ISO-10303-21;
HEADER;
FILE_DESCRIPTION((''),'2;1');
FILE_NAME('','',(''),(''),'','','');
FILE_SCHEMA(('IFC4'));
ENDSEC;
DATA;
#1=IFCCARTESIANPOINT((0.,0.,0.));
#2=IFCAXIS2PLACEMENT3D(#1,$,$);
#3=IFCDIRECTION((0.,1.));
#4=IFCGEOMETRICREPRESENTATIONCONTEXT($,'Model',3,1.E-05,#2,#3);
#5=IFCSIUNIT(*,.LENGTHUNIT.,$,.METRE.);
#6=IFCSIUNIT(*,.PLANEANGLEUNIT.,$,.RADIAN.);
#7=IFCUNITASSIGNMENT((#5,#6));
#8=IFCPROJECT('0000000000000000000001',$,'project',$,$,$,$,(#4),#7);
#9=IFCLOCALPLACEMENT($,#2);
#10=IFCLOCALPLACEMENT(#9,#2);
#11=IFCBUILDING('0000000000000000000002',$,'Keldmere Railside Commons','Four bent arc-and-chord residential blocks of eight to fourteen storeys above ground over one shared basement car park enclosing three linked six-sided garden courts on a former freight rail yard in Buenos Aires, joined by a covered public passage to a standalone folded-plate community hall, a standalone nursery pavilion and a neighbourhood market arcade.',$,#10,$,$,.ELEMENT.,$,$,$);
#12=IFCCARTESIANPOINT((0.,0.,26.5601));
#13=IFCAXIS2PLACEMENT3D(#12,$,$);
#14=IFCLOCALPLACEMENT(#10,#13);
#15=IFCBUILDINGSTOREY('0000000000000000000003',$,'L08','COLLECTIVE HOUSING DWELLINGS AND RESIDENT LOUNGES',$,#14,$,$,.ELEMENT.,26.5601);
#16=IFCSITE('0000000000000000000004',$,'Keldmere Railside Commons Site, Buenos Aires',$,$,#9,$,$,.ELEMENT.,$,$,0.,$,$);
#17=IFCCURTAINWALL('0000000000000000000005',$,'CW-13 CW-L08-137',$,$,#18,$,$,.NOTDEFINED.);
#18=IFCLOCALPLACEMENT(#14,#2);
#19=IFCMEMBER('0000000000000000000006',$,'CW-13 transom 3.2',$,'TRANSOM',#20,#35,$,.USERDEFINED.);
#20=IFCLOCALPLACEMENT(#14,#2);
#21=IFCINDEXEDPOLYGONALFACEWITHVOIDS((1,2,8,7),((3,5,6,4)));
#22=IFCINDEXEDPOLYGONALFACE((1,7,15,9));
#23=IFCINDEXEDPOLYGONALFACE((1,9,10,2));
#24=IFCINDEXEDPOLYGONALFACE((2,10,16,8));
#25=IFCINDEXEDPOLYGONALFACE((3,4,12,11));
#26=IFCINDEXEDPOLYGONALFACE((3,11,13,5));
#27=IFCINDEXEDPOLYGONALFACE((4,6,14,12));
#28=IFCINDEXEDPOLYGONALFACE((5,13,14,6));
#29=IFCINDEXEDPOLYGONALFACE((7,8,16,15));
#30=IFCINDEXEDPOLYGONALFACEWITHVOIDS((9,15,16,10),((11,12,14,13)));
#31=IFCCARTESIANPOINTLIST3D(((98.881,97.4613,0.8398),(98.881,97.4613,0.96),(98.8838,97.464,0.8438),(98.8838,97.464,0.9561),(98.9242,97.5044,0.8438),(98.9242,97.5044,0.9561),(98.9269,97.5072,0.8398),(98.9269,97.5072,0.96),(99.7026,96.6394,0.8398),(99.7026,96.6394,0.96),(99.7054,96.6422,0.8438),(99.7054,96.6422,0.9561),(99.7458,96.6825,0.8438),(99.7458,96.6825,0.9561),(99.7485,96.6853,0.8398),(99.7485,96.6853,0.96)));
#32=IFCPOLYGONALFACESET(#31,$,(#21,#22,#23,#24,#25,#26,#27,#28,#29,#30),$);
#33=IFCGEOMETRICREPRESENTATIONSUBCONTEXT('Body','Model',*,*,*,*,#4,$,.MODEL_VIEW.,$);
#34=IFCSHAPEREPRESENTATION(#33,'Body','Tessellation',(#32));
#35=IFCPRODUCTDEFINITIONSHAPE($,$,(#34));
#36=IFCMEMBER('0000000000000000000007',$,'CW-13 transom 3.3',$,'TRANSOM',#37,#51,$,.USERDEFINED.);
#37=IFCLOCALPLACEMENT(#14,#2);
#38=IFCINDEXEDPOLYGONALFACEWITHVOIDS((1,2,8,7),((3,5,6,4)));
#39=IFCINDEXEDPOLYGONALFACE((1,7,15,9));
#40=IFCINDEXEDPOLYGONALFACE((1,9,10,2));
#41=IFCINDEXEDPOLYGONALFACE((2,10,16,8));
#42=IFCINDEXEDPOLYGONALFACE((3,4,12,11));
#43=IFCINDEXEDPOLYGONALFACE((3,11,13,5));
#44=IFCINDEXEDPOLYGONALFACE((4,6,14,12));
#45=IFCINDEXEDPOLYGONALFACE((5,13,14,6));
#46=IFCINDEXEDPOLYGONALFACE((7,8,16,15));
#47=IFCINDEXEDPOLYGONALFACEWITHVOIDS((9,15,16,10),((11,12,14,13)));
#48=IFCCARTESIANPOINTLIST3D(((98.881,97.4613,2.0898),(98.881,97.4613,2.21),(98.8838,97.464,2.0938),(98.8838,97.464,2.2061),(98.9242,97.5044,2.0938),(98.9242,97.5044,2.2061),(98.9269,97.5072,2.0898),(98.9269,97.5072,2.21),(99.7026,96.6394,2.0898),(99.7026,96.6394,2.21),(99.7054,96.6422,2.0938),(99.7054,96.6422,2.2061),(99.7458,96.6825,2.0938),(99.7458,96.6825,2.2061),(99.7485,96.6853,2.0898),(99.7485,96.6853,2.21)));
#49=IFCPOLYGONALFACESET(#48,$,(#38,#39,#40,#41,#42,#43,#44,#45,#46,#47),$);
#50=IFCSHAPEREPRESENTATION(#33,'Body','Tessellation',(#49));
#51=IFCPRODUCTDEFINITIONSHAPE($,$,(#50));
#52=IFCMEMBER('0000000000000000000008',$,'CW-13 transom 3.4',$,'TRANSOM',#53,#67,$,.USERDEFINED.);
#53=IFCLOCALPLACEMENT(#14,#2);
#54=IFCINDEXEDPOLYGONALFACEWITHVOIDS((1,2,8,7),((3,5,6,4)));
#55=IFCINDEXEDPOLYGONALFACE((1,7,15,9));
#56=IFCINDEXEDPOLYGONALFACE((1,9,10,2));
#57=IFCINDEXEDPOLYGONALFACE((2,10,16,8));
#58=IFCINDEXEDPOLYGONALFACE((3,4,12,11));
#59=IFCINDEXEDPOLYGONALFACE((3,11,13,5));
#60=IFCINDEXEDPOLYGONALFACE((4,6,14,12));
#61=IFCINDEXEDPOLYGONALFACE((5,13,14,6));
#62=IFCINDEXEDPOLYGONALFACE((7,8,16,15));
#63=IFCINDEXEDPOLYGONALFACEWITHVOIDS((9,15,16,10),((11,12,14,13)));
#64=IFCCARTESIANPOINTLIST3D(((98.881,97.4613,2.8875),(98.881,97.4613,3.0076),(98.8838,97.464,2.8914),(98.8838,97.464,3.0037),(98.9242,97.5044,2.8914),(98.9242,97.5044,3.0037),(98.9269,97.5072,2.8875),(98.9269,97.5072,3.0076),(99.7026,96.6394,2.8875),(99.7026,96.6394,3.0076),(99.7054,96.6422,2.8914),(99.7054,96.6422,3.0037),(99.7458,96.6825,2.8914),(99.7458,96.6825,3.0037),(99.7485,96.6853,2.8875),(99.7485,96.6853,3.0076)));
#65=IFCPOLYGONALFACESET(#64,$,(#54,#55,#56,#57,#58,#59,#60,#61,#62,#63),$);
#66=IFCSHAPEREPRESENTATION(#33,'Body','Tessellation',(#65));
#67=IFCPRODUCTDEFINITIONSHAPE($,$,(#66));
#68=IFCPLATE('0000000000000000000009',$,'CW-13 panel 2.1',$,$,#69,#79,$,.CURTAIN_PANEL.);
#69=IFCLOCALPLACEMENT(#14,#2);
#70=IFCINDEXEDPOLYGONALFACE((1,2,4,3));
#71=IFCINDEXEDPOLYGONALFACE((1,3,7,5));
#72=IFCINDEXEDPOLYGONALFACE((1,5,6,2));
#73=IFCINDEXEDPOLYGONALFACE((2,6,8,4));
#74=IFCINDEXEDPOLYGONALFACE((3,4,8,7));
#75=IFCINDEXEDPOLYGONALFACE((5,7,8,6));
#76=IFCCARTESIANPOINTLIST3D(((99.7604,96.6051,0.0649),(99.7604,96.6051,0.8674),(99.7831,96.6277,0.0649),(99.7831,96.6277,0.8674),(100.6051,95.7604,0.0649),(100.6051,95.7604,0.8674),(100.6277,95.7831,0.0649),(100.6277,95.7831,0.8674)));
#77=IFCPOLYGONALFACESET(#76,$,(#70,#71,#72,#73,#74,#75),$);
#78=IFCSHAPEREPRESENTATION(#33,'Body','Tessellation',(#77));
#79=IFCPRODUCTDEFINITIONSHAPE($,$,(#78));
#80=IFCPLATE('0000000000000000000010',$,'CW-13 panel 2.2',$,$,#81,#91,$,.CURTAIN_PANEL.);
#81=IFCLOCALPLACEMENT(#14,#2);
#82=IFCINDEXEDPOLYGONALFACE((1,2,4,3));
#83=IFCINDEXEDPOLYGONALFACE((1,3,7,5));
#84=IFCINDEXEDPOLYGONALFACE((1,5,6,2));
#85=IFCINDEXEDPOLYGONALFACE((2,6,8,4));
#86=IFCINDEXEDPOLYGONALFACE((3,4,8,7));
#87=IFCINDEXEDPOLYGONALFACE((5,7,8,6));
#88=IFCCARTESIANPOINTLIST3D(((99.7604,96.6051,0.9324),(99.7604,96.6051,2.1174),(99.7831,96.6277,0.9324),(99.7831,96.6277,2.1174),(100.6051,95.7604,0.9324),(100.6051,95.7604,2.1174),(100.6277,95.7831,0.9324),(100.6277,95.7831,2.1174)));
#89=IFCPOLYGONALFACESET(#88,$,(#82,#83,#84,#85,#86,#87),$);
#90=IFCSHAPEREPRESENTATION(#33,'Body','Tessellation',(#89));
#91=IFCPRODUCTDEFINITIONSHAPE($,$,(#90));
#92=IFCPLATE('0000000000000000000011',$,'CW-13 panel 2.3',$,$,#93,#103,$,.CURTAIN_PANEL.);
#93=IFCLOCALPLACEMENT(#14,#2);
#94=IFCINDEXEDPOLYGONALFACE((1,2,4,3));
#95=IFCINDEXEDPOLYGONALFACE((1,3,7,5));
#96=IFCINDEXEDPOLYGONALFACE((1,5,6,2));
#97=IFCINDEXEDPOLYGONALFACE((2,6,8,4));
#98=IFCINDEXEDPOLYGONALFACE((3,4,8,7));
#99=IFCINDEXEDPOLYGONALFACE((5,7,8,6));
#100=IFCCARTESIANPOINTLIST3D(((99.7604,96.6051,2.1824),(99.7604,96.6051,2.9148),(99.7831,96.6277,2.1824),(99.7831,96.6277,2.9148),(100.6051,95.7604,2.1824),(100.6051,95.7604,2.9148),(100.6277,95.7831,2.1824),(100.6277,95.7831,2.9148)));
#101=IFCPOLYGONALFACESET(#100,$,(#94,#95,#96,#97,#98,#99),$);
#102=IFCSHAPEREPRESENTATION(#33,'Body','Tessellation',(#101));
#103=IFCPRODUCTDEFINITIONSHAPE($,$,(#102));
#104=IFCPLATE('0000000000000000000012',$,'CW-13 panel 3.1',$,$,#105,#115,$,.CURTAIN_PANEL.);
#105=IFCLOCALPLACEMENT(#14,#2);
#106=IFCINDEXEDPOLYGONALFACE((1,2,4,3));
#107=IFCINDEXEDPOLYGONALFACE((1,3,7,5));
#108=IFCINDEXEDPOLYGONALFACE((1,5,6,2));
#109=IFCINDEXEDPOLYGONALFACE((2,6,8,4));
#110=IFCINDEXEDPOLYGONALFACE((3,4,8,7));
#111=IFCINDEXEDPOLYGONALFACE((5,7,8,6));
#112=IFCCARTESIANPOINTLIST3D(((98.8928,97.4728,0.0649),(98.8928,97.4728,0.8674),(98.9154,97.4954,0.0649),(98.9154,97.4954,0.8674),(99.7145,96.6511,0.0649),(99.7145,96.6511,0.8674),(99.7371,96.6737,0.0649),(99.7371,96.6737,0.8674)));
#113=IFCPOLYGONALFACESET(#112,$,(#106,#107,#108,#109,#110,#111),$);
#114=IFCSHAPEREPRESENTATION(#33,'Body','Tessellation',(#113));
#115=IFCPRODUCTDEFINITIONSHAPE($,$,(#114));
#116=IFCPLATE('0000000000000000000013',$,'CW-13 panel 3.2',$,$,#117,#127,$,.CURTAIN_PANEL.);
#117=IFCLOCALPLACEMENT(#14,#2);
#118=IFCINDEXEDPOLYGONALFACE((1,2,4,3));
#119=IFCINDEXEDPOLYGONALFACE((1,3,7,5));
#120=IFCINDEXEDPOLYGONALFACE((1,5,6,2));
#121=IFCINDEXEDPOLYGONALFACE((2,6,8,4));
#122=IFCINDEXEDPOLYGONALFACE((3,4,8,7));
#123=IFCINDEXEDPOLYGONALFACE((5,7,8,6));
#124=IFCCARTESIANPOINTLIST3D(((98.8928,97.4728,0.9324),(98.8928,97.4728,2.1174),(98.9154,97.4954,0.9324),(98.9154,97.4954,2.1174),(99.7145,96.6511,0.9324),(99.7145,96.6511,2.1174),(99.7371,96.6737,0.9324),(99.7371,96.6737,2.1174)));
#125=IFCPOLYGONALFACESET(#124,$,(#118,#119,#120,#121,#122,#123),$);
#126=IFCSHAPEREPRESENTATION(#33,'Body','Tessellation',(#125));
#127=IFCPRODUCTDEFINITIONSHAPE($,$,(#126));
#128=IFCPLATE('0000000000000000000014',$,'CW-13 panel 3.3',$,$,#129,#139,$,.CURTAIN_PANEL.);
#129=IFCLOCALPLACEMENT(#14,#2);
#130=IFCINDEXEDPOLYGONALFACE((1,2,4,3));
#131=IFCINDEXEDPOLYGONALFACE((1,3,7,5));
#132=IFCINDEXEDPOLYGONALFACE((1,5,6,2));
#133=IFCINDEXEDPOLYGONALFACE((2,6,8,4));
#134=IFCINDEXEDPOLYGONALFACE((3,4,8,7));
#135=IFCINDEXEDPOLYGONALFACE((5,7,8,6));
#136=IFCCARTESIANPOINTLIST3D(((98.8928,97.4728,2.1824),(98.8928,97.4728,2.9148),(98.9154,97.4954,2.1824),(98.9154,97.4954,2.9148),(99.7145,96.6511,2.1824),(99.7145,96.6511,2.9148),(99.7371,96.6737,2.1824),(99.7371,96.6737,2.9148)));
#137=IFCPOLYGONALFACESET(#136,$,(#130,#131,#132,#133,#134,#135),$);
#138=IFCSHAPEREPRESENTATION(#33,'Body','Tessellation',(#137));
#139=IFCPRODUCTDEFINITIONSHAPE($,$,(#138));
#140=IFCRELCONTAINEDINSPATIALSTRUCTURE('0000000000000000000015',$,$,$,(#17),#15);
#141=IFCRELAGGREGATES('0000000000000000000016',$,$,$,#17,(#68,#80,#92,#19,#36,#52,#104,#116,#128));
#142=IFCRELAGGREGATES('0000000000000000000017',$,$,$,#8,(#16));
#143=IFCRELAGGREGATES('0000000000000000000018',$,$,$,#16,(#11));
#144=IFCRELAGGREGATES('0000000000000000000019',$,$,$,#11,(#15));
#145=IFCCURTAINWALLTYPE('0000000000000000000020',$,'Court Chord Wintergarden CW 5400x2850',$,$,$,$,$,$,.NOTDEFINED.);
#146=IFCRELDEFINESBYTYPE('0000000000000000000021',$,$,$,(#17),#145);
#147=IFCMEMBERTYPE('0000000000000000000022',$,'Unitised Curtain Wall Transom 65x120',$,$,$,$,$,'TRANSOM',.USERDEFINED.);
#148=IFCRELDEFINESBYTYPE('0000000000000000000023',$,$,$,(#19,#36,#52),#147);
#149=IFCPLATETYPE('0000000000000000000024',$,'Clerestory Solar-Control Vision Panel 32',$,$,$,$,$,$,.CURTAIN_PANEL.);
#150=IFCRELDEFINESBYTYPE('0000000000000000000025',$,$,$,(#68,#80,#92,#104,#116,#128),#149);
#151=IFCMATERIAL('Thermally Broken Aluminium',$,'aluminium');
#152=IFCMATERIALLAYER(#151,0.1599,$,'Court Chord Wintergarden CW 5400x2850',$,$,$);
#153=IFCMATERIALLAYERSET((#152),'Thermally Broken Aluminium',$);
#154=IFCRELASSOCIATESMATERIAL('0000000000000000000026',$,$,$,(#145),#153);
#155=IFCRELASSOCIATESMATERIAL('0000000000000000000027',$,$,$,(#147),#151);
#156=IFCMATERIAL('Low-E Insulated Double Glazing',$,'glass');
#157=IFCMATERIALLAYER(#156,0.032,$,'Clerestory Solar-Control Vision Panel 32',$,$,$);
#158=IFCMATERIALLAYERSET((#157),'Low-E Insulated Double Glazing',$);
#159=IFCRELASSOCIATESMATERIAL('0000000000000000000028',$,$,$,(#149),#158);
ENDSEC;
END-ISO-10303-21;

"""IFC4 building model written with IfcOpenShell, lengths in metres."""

from ifc_helpers import new_model, si_unit, direction, frame, origin, origin_2d, place, context, subcontext, project, spatial, rectangle, hollow_rectangle, extrude, material, layer, layer_set, material_profile, profile_set, type_object, element, aggregate, save


model = new_model("IFC4")

# Units and contexts
model_context = context("Model", 3, precision=1e-05, world=origin(), true_north=direction((0.0, 1.0)))
body_context = subcontext(model_context, "Body", "Model", "MODEL_VIEW")
ifc_project = project(units=[si_unit("LENGTHUNIT", "METRE"), si_unit("PLANEANGLEUNIT", "RADIAN")], contexts=[model_context])

# Site, building, storey
site_placement = place(None, origin())
site = spatial("IfcSite", under=ifc_project, at=site_placement, Name="Keldmere Railside Commons Site, Buenos Aires", CompositionType="ELEMENT", RefElevation=0.0)
building_placement = place(site_placement, origin())
building = spatial("IfcBuilding", under=site, at=building_placement, Name="Keldmere Railside Commons", Description="Four bent arc-and-chord residential blocks of eight to fourteen storeys above ground over one shared basement car park enclosing three linked six-sided garden courts on a former freight rail yard in Buenos Aires, joined by a covered public passage to a standalone folded-plate community hall, a standalone nursery pavilion and a neighbourhood market arcade.", CompositionType="ELEMENT")
storey_placement = place(building_placement, frame((0.0, 0.0, 26.5601)))
storey = spatial("IfcBuildingStorey", under=building, at=storey_placement, Name="L08", Description="COLLECTIVE HOUSING DWELLINGS AND RESIDENT LOUNGES", CompositionType="ELEMENT", Elevation=26.5601)

# Shared definitions
ifc_material_1 = material(Name="Thermally Broken Aluminium", Category="aluminium")

# Curtain wall, members, plates
ifc_layer_1 = layer(ifc_material_1, 0.1599, Name="Court Chord Wintergarden CW 5400x2850")
ifc_layer_set_1 = layer_set([ifc_layer_1], Name="Thermally Broken Aluminium")
curtain_wall_type_1 = type_object("IfcCurtainWallType", Name="Court Chord Wintergarden CW 5400x2850", PredefinedType="NOTDEFINED", material=ifc_layer_set_1)
curtain_wall_1_placement = place(storey_placement, origin())
curtain_wall_1 = element("IfcCurtainWall", 1, at=curtain_wall_1_placement, inside=storey, type_object=curtain_wall_type_1, Name="CW-13 CW-L08-137", PredefinedType="NOTDEFINED")
ifc_material_profile_1 = material_profile(ifc_material_1, hollow_rectangle(XDim=0.0649, YDim=0.1201, WallThickness=0.0039, at=origin_2d()), Name="ALU-TRAN-65x120")
ifc_profile_set_1 = profile_set([ifc_material_profile_1], Name="Thermally Broken Aluminium")
member_type_1 = type_object("IfcMemberType", Name="Unitised Curtain Wall Transom 65x120", ElementType="TRANSOM", PredefinedType="USERDEFINED", material=ifc_profile_set_1)
member_1_placement = place(storey_placement, frame((99.7256, 96.6624, 0.8999), z_axis=(-0.707002, 0.707212, 0.0), x_axis=(-0.707212, -0.707002, 0.0)))
member_1 = element("IfcMember", 2, at=member_1_placement, type_object=member_type_1, Name="CW-13 transom 3.2", ObjectType="TRANSOM", PredefinedType="USERDEFINED", context=body_context, shape_type="SweptSolid", body=[
    extrude(hollow_rectangle(XDim=0.0649, YDim=0.1201, WallThickness=0.0039, at=origin_2d()), origin(), (0.0, 0.0, 1.0), 1.1621),
])
member_2_placement = place(storey_placement, frame((99.7256, 96.6624, 2.1499), z_axis=(-0.707002, 0.707212, 0.0), x_axis=(-0.707212, -0.707002, 0.0)))
member_2 = element("IfcMember", 3, at=member_2_placement, type_object=member_type_1, Name="CW-13 transom 3.3", ObjectType="TRANSOM", PredefinedType="USERDEFINED", context=body_context, shape_type="SweptSolid", body=[
    extrude(hollow_rectangle(XDim=0.0649, YDim=0.1201, WallThickness=0.0039, at=origin_2d()), origin(), (0.0, 0.0, 1.0), 1.1621),
])
member_3_placement = place(storey_placement, frame((99.7256, 96.6624, 2.9475), z_axis=(-0.707002, 0.707212, 0.0), x_axis=(-0.707212, -0.707002, 0.0)))
member_3 = element("IfcMember", 4, at=member_3_placement, type_object=member_type_1, Name="CW-13 transom 3.4", ObjectType="TRANSOM", PredefinedType="USERDEFINED", context=body_context, shape_type="SweptSolid", body=[
    extrude(hollow_rectangle(XDim=0.0649, YDim=0.1201, WallThickness=0.0039, at=origin_2d()), origin(), (0.0, 0.0, 1.0), 1.1621),
])
ifc_material_2 = material(Name="Low-E Insulated Double Glazing", Category="glass")
ifc_layer_2 = layer(ifc_material_2, 0.032, Name="Clerestory Solar-Control Vision Panel 32")
ifc_layer_set_2 = layer_set([ifc_layer_2], Name="Low-E Insulated Double Glazing")
plate_type = type_object("IfcPlateType", Name="Clerestory Solar-Control Vision Panel 32", PredefinedType="CURTAIN_PANEL", material=ifc_layer_set_2)
plate_1_placement = place(storey_placement, frame((100.1941, 96.1941, 0.0649), z_axis=(0.0, 0.0, 1.0), x_axis=(-0.707107, 0.707107, 0.0)))
plate_1 = element("IfcPlate", 5, at=plate_1_placement, type_object=plate_type, Name="CW-13 panel 2.1", PredefinedType="CURTAIN_PANEL", context=body_context, shape_type="SweptSolid", body=[
    extrude(rectangle(XDim=1.1946, YDim=0.032, at=origin_2d()), origin(), (0.0, 0.0, 1.0), 0.8025),
])
plate_2_placement = place(storey_placement, frame((100.1941, 96.1941, 0.9324), z_axis=(0.0, 0.0, 1.0), x_axis=(-0.707107, 0.707107, 0.0)))
plate_2 = element("IfcPlate", 6, at=plate_2_placement, type_object=plate_type, Name="CW-13 panel 2.2", PredefinedType="CURTAIN_PANEL", context=body_context, shape_type="SweptSolid", body=[
    extrude(rectangle(XDim=1.1946, YDim=0.032, at=origin_2d()), origin(), (0.0, 0.0, 1.0), 1.1851),
])
plate_3_placement = place(storey_placement, frame((100.1941, 96.1941, 2.1824), z_axis=(0.0, 0.0, 1.0), x_axis=(-0.707107, 0.707107, 0.0)))
plate_3 = element("IfcPlate", 7, at=plate_3_placement, type_object=plate_type, Name="CW-13 panel 2.3", PredefinedType="CURTAIN_PANEL", context=body_context, shape_type="SweptSolid", body=[
    extrude(rectangle(XDim=1.1946, YDim=0.032, at=origin_2d()), origin(), (0.0, 0.0, 1.0), 0.7324),
])
plate_4_placement = place(storey_placement, frame((99.3149, 97.0732, 0.0649), z_axis=(0.0, 0.0, 1.0), x_axis=(-0.707107, 0.707107, 0.0)))
plate_4 = element("IfcPlate", 8, at=plate_4_placement, type_object=plate_type, Name="CW-13 panel 3.1", PredefinedType="CURTAIN_PANEL", context=body_context, shape_type="SweptSolid", body=[
    extrude(rectangle(XDim=1.1621, YDim=0.032, at=origin_2d()), origin(), (0.0, 0.0, 1.0), 0.8025),
])
plate_5_placement = place(storey_placement, frame((99.3149, 97.0732, 0.9324), z_axis=(0.0, 0.0, 1.0), x_axis=(-0.707107, 0.707107, 0.0)))
plate_5 = element("IfcPlate", 9, at=plate_5_placement, type_object=plate_type, Name="CW-13 panel 3.2", PredefinedType="CURTAIN_PANEL", context=body_context, shape_type="SweptSolid", body=[
    extrude(rectangle(XDim=1.1621, YDim=0.032, at=origin_2d()), origin(), (0.0, 0.0, 1.0), 1.1851),
])
plate_6_placement = place(storey_placement, frame((99.3149, 97.0732, 2.1824), z_axis=(0.0, 0.0, 1.0), x_axis=(-0.707107, 0.707107, 0.0)))
plate_6 = element("IfcPlate", 10, at=plate_6_placement, type_object=plate_type, Name="CW-13 panel 3.3", PredefinedType="CURTAIN_PANEL", context=body_context, shape_type="SweptSolid", body=[
    extrude(rectangle(XDim=1.1621, YDim=0.032, at=origin_2d()), origin(), (0.0, 0.0, 1.0), 0.7324),
])
aggregate(curtain_wall_1, [plate_1, plate_2, plate_3, member_1, member_2, member_3, plate_4, plate_5, plate_6])

save(model, "model.ifc")
